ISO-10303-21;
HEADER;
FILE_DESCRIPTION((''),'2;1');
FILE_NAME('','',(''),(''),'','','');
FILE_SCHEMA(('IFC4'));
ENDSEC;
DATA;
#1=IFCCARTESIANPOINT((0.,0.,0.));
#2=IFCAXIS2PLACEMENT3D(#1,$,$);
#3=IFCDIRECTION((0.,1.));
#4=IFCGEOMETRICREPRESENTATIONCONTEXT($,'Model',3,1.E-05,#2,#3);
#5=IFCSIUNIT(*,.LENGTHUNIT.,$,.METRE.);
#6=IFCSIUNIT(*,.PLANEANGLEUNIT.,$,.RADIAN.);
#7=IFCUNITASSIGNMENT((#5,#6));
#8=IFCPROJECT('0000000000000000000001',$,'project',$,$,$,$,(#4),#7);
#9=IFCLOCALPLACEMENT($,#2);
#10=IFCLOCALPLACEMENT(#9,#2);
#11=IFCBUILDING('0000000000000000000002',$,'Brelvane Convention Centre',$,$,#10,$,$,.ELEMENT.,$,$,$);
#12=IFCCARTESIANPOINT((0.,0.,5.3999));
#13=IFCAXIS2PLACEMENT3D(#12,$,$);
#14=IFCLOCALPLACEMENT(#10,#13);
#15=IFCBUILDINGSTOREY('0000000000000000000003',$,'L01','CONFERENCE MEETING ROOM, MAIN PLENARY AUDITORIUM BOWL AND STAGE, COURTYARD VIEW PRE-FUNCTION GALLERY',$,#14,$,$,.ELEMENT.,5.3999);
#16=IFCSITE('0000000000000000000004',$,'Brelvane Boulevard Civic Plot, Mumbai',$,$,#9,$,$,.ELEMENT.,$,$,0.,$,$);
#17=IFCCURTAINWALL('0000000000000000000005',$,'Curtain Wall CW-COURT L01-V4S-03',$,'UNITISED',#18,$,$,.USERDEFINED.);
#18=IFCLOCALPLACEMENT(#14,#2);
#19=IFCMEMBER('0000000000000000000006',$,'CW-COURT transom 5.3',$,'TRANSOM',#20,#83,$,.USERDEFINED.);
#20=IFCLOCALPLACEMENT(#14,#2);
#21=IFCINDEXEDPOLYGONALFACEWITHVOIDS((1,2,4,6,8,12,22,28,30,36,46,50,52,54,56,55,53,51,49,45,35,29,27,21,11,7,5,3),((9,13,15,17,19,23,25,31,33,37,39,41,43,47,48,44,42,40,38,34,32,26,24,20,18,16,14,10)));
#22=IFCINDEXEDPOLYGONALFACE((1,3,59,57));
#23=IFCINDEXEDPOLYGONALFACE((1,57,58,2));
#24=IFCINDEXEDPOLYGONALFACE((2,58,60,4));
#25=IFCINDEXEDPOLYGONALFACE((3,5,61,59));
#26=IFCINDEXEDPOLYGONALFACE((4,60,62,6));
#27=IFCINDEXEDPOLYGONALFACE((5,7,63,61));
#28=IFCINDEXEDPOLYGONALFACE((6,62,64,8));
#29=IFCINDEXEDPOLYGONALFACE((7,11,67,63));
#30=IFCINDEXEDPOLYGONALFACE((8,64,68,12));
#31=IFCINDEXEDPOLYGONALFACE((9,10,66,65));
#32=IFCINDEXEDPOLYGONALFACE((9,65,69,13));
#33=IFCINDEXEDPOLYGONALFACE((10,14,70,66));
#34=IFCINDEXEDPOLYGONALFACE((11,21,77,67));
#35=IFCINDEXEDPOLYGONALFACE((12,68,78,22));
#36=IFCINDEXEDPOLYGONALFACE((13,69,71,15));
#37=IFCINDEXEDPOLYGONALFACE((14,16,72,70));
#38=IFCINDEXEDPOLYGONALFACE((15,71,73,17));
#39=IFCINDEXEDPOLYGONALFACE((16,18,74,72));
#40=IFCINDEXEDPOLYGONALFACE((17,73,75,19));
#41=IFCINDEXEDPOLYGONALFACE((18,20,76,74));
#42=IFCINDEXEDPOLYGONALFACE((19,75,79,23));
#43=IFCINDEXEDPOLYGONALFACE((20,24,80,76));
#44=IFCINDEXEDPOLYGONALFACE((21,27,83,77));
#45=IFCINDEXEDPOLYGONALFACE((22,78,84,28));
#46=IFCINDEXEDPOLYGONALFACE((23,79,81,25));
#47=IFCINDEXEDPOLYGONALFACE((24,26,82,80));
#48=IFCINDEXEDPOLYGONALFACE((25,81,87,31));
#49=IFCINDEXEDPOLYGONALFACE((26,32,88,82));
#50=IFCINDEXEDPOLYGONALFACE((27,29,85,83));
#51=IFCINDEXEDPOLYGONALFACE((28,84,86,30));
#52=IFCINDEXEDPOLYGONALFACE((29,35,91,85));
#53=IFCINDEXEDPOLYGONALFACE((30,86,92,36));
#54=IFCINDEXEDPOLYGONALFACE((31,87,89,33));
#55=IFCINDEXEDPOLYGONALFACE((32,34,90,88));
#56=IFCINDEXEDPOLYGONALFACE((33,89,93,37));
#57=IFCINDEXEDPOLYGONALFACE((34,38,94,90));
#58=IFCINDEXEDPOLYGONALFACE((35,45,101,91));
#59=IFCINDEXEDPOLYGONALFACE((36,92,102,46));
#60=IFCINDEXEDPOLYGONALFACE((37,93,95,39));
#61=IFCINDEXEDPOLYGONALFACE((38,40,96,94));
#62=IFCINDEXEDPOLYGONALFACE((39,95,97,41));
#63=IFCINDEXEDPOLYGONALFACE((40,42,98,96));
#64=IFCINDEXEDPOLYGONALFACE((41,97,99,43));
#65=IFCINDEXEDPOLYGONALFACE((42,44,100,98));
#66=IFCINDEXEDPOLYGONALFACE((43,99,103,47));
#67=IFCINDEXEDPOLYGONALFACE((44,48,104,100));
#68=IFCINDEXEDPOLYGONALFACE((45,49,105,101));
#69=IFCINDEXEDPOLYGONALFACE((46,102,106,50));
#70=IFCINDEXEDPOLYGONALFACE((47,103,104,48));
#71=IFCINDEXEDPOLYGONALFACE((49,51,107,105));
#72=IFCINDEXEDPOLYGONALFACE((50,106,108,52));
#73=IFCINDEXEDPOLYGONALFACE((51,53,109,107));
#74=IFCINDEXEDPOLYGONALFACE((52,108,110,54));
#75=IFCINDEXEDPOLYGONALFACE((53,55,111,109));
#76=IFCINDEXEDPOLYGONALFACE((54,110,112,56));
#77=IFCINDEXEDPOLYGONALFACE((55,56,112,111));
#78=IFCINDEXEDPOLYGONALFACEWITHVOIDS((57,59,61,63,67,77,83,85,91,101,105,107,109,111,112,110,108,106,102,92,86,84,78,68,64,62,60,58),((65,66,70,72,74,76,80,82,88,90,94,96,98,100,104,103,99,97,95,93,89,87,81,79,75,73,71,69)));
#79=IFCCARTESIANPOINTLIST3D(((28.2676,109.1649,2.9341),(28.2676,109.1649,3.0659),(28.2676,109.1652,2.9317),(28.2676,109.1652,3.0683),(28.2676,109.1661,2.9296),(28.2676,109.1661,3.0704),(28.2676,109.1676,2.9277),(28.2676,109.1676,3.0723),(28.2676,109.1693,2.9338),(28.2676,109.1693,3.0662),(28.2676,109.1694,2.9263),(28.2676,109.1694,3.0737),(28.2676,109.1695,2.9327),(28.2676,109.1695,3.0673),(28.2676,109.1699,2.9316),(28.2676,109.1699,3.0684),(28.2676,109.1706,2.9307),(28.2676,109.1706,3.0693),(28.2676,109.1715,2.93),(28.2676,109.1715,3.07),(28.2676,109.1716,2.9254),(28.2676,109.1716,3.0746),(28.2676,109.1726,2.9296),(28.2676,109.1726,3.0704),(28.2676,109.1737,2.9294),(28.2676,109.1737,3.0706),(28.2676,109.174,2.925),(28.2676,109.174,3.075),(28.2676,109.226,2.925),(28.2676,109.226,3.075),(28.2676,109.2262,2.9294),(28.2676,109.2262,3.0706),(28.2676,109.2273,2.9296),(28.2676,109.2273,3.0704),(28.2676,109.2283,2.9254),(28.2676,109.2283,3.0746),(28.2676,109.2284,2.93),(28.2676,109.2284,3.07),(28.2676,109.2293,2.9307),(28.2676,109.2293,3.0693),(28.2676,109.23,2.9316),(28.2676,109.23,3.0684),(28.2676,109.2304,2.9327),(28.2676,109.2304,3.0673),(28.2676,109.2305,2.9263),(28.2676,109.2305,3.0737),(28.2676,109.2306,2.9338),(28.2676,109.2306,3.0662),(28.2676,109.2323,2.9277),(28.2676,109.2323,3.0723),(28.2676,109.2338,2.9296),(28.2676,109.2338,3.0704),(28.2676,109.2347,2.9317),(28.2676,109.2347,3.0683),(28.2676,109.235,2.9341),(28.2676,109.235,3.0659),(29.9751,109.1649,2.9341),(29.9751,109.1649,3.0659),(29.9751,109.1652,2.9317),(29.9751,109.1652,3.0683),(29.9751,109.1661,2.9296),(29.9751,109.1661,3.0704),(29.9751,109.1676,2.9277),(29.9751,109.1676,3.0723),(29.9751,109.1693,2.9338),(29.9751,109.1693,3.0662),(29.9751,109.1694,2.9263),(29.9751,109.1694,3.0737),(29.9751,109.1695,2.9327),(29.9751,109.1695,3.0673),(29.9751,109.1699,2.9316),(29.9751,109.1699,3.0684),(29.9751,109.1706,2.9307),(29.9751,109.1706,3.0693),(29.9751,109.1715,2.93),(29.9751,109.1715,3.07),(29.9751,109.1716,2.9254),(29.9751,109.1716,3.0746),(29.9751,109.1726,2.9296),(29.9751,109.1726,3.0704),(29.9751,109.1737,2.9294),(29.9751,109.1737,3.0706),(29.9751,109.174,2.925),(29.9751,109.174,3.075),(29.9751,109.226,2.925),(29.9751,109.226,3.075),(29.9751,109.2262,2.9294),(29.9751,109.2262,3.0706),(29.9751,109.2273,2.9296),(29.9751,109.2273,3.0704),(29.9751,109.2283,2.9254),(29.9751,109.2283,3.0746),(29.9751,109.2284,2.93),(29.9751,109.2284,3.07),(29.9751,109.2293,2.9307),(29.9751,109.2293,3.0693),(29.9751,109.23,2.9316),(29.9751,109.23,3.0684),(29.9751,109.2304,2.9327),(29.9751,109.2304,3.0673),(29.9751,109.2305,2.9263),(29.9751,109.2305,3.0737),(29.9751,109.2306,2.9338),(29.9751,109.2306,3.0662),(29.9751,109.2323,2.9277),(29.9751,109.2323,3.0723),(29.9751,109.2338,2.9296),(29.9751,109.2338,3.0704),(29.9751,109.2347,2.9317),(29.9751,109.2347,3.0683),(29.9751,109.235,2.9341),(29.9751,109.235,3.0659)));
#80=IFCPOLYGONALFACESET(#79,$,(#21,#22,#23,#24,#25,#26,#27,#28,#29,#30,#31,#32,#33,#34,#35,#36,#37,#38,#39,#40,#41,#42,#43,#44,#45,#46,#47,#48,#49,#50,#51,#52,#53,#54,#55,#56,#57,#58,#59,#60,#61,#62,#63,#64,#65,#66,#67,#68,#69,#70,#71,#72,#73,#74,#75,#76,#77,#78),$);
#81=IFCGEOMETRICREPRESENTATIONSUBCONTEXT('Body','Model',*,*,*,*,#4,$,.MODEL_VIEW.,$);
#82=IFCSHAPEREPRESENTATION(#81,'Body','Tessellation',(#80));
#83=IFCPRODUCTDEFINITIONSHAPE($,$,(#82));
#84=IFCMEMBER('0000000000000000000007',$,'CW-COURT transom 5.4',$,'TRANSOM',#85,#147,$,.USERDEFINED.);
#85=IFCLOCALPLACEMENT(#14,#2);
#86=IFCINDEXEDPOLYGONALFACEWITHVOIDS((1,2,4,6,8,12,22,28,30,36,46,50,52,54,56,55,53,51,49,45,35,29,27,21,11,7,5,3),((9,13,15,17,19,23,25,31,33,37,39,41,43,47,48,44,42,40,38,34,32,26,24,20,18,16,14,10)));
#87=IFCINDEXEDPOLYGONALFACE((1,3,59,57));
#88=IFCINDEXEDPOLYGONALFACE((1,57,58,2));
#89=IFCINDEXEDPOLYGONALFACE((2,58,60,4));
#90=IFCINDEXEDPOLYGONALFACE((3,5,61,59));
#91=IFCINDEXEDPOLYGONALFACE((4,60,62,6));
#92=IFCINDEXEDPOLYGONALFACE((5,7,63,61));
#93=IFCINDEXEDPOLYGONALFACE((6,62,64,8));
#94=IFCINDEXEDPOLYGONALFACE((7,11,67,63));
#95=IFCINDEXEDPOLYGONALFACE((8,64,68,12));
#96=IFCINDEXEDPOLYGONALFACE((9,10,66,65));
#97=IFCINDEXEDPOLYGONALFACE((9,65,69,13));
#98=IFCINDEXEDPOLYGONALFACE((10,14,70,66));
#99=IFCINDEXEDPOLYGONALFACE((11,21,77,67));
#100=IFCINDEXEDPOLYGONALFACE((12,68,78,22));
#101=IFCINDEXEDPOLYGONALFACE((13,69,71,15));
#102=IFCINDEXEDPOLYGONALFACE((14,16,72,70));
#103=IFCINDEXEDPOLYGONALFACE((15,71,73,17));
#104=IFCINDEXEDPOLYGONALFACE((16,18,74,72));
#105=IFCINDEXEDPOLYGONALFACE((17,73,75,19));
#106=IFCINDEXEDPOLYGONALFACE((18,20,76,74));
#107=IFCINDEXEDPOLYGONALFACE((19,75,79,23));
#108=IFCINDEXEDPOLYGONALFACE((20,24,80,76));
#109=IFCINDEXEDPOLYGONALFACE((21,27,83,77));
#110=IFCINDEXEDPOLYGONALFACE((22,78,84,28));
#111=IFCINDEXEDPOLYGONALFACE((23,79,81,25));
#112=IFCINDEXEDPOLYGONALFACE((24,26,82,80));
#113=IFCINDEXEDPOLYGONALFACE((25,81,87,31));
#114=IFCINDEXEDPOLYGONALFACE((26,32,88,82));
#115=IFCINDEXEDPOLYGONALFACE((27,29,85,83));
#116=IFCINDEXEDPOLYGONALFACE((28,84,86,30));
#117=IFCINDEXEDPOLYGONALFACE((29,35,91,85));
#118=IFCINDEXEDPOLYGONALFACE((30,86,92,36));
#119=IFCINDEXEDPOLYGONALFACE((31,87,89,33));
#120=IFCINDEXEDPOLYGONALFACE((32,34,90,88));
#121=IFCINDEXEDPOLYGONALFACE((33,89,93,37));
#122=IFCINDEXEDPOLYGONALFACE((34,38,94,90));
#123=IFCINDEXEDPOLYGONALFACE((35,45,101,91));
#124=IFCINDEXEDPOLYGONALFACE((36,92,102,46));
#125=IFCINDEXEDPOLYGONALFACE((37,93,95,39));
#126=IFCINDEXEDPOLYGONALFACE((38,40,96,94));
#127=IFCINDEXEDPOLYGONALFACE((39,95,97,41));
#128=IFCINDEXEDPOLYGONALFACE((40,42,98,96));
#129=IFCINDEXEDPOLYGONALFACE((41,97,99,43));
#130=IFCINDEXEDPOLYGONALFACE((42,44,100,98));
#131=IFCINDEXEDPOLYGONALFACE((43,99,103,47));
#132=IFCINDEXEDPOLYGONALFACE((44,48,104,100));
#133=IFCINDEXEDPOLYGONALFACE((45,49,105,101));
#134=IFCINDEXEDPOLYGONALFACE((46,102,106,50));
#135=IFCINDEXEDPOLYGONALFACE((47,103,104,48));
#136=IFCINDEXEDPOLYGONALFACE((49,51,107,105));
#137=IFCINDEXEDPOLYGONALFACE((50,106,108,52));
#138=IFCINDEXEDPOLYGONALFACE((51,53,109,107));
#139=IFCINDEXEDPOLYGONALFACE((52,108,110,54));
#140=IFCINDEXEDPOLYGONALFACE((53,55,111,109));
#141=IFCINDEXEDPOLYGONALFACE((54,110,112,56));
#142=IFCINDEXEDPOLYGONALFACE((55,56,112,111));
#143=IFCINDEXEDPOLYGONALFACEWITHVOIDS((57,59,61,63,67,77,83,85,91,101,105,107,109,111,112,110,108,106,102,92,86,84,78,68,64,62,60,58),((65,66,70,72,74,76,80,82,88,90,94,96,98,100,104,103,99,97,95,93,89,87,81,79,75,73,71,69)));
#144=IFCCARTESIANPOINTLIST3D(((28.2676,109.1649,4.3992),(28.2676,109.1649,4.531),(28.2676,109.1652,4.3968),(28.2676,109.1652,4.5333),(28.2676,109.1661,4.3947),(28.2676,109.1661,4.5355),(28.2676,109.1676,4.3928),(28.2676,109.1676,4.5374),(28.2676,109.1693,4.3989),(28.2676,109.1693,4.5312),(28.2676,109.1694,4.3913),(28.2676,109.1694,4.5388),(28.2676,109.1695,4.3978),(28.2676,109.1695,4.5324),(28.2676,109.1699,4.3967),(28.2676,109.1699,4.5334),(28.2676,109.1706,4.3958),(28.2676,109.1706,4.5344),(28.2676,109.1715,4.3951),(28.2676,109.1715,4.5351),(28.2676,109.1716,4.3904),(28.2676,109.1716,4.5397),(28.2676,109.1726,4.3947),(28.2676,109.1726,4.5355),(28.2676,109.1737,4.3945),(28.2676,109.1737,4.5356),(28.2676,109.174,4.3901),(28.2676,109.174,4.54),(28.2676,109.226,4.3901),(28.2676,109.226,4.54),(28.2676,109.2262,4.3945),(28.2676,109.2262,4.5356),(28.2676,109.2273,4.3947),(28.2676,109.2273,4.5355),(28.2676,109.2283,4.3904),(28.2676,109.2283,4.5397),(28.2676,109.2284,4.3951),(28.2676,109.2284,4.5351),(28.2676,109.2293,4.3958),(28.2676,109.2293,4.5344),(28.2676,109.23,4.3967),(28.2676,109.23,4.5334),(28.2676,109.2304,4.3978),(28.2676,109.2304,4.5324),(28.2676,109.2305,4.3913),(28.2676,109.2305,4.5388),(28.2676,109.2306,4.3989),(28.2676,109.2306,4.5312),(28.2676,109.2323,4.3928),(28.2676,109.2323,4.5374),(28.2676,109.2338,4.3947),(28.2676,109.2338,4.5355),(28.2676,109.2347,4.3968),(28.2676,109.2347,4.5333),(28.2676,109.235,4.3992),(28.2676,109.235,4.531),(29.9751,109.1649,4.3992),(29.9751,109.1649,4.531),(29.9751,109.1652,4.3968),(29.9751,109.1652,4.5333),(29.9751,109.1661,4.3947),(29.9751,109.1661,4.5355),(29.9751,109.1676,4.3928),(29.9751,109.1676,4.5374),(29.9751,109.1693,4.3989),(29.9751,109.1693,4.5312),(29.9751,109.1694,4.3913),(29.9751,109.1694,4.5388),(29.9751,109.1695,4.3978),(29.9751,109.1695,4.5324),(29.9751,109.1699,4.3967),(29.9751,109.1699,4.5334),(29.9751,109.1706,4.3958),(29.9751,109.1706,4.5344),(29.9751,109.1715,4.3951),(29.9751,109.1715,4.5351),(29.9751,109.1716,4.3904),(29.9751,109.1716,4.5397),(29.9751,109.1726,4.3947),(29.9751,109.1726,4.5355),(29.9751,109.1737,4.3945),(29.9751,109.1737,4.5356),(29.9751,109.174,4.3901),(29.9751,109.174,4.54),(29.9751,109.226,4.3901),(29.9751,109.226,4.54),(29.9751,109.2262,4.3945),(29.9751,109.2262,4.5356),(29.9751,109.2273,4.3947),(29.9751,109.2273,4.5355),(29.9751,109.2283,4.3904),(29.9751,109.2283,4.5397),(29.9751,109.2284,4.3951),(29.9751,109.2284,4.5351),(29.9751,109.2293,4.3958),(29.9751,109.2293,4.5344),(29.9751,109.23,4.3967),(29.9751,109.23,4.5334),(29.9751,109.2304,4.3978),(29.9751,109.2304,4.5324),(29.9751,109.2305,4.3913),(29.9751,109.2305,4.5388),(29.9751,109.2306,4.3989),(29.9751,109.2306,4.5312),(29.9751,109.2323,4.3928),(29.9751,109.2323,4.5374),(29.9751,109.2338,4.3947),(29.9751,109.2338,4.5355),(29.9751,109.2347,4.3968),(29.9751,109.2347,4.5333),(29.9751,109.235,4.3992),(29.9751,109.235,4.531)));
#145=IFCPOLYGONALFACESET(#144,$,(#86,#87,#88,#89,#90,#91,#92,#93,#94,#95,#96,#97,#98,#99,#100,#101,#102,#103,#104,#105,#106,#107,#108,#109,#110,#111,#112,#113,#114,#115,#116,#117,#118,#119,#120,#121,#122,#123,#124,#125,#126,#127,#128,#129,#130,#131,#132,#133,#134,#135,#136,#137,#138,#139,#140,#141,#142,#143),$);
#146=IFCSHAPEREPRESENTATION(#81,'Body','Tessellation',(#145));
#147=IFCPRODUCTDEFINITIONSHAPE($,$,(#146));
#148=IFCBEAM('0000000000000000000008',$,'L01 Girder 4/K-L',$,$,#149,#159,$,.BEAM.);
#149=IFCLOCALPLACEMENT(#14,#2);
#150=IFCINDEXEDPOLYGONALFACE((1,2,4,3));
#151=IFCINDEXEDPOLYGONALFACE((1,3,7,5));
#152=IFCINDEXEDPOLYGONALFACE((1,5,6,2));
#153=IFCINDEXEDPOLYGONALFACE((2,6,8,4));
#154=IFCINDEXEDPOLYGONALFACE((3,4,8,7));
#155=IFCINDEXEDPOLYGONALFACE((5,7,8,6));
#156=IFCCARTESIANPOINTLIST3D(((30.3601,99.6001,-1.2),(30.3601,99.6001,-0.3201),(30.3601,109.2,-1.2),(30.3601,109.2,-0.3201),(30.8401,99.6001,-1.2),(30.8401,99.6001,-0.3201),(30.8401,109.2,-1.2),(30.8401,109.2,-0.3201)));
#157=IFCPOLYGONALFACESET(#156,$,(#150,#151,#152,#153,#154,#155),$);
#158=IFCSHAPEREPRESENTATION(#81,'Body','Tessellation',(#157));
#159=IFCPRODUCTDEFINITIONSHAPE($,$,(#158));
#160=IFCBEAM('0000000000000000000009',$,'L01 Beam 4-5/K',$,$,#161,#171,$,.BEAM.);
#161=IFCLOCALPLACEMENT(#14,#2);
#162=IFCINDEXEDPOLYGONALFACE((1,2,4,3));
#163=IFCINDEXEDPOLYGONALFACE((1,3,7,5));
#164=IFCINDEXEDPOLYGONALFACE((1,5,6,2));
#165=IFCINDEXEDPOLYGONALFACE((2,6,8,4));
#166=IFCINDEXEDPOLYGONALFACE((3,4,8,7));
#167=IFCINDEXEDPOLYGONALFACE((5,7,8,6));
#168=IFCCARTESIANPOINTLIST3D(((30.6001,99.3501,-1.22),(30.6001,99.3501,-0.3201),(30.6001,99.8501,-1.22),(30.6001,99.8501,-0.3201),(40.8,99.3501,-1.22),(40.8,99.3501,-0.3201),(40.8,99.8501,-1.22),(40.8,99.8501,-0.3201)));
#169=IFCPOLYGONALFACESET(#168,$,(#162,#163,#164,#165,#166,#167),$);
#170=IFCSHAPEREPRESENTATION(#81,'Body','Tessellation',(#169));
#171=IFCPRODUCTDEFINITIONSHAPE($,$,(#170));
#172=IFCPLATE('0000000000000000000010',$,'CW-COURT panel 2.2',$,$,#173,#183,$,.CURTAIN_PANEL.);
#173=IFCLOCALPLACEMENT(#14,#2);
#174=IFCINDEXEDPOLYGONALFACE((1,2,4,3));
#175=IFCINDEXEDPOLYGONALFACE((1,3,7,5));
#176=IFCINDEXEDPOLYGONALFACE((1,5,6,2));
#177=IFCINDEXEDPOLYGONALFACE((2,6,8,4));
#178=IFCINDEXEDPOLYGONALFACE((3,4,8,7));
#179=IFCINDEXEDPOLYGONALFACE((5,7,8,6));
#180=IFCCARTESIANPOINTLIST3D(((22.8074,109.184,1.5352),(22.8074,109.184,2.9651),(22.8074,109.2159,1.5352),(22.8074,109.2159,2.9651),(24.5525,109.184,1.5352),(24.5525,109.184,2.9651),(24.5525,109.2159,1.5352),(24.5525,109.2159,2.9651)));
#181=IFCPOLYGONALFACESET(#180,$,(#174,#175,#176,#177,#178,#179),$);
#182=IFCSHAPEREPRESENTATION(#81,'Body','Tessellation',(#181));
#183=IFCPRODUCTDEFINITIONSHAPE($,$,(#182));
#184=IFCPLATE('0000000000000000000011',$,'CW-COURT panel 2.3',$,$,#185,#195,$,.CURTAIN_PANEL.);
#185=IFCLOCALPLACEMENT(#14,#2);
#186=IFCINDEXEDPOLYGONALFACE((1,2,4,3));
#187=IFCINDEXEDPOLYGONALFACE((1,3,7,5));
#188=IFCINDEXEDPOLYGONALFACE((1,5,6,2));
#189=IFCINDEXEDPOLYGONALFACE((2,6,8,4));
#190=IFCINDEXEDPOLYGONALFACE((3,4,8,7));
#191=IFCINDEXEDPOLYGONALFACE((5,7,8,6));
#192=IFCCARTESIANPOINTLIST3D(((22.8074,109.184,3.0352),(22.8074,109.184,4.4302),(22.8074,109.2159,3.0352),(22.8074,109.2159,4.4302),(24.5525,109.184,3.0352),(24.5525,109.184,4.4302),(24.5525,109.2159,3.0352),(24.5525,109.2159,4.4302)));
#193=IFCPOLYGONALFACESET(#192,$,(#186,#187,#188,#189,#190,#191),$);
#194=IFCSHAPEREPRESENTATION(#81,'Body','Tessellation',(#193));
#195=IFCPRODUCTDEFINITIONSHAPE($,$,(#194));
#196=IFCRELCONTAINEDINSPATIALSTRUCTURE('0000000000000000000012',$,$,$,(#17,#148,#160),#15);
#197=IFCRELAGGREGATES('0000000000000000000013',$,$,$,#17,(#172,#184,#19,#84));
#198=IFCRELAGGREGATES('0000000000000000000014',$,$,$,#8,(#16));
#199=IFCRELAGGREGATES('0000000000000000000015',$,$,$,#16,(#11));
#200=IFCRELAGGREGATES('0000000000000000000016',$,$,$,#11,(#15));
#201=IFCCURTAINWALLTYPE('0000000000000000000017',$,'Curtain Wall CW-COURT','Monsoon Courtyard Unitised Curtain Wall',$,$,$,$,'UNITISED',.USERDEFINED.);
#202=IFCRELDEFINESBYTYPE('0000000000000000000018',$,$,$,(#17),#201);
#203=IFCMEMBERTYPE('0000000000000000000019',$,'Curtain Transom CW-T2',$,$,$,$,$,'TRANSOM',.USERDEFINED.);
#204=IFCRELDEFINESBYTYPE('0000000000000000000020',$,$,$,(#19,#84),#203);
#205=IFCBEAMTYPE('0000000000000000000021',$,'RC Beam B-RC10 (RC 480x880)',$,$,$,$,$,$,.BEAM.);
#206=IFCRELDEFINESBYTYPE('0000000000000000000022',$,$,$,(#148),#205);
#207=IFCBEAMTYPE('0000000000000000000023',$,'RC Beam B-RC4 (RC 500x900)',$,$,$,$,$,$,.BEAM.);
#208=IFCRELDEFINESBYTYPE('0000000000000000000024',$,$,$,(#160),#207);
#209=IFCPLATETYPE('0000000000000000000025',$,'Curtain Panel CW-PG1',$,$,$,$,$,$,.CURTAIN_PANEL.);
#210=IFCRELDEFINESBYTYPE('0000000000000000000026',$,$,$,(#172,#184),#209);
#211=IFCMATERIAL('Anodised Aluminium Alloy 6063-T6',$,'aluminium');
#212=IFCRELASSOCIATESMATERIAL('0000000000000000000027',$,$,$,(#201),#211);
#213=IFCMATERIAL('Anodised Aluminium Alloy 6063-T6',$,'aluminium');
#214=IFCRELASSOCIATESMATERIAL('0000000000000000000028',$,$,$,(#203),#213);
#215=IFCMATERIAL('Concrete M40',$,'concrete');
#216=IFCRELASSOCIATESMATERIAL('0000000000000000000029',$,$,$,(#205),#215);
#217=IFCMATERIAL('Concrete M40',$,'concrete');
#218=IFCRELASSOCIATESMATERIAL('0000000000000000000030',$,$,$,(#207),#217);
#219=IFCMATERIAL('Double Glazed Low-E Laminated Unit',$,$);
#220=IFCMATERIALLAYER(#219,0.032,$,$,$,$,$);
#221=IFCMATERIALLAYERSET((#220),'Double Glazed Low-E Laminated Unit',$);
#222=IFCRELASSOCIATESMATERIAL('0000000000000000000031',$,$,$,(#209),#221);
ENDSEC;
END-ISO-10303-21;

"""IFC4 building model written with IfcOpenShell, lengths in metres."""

from ifc_helpers import new_model, si_unit, direction, frame, origin, origin_2d, place, context, subcontext, project, spatial, rectangle, hollow_rectangle, extrude, material, layer, layer_set, material_profile, profile_set, type_object, element, aggregate, save


model = new_model("IFC4")

# Units and contexts
model_context = context("Model", 3, precision=1e-05, world=origin(), true_north=direction((0.0, 1.0)))
body_context = subcontext(model_context, "Body", "Model", "MODEL_VIEW")
ifc_project = project(units=[si_unit("LENGTHUNIT", "METRE"), si_unit("PLANEANGLEUNIT", "RADIAN")], contexts=[model_context])

# Site, building, storey
site_placement = place(None, origin())
site = spatial("IfcSite", under=ifc_project, at=site_placement, Name="Brelvane Boulevard Civic Plot, Mumbai", CompositionType="ELEMENT", RefElevation=0.0)
building_placement = place(site_placement, origin())
building = spatial("IfcBuilding", under=site, at=building_placement, Name="Brelvane Convention Centre", CompositionType="ELEMENT")
storey_placement = place(building_placement, frame((0.0, 0.0, 5.3999)))
storey = spatial("IfcBuildingStorey", under=building, at=storey_placement, Name="L01", Description="CONFERENCE MEETING ROOM, MAIN PLENARY AUDITORIUM BOWL AND STAGE, COURTYARD VIEW PRE-FUNCTION GALLERY", CompositionType="ELEMENT", Elevation=5.3999)

# Curtain wall, members
ifc_material_1 = material(Name="Anodised Aluminium Alloy 6063-T6", Category="aluminium")
curtain_wall_type = type_object("IfcCurtainWallType", Name="Curtain Wall CW-COURT", Description="Monsoon Courtyard Unitised Curtain Wall", ElementType="UNITISED", PredefinedType="USERDEFINED", material=ifc_material_1)
curtain_wall_placement = place(storey_placement, origin())
curtain_wall = element("IfcCurtainWall", 1, at=curtain_wall_placement, inside=storey, type_object=curtain_wall_type, Name="Curtain Wall CW-COURT L01-V4S-03", ObjectType="UNITISED", PredefinedType="USERDEFINED")
ifc_material_2 = material(Name="Anodised Aluminium Alloy 6063-T6", Category="aluminium")
ifc_material_profile_1 = material_profile(ifc_material_2, hollow_rectangle(XDim=0.0701, YDim=0.1499, WallThickness=0.0044, InnerFilletRadius=0.0044, OuterFilletRadius=0.009, at=origin_2d()), Name="ALU-T 150x70x4.5")
ifc_profile_set_1 = profile_set([ifc_material_profile_1], Name="Anodised Aluminium Alloy 6063-T6")
member_type_1 = type_object("IfcMemberType", Name="Curtain Transom CW-T2", ElementType="TRANSOM", PredefinedType="USERDEFINED", material=ifc_profile_set_1)
member_1_placement = place(storey_placement, frame((28.2676, 109.2, 3.0), z_axis=(1.0, 0.0, 0.0), x_axis=(0.0, 1.0, 0.0)))
member_1 = element("IfcMember", 2, at=member_1_placement, type_object=member_type_1, Name="CW-COURT transom 5.3", ObjectType="TRANSOM", PredefinedType="USERDEFINED", context=body_context, shape_type="SweptSolid", body=[
    extrude(hollow_rectangle(XDim=0.0701, YDim=0.1499, WallThickness=0.0044, InnerFilletRadius=0.0044, OuterFilletRadius=0.009, at=origin_2d()), origin(), (0.0, 0.0, 1.0), 1.7075),
])
member_2_placement = place(storey_placement, frame((28.2676, 109.2, 4.4651), z_axis=(1.0, 0.0, 0.0), x_axis=(0.0, 1.0, 0.0)))
member_2 = element("IfcMember", 3, at=member_2_placement, type_object=member_type_1, Name="CW-COURT transom 5.4", ObjectType="TRANSOM", PredefinedType="USERDEFINED", context=body_context, shape_type="SweptSolid", body=[
    extrude(hollow_rectangle(XDim=0.0701, YDim=0.1499, WallThickness=0.0044, InnerFilletRadius=0.0044, OuterFilletRadius=0.009, at=origin_2d()), origin(), (0.0, 0.0, 1.0), 1.7075),
])

# Beams
ifc_material_3 = material(Name="Concrete M40", Category="concrete")
ifc_material_profile_2 = material_profile(ifc_material_3, rectangle(XDim=0.48, YDim=0.8799, at=origin_2d()), Name="RC 480x880")
ifc_profile_set_2 = profile_set([ifc_material_profile_2], Name="Concrete M40")
beam_type_1 = type_object("IfcBeamType", Name="RC Beam B-RC10 (RC 480x880)", PredefinedType="BEAM", material=ifc_profile_set_2)
beam_1_placement = place(storey_placement, frame((30.6001, 99.6001, -0.76), z_axis=(0.0, 1.0, 0.0), x_axis=(-1.0, 0.0, 0.0)))
element("IfcBeam", 4, at=beam_1_placement, inside=storey, type_object=beam_type_1, Name="L01 Girder 4/K-L", PredefinedType="BEAM", context=body_context, shape_type="SweptSolid", body=[
    extrude(rectangle(XDim=0.48, YDim=0.8799, at=origin_2d()), origin(), (0.0, 0.0, 1.0), 9.5999),
])
ifc_material_4 = material(Name="Concrete M40", Category="concrete")
ifc_material_profile_3 = material_profile(ifc_material_4, rectangle(XDim=0.5, YDim=0.8999, at=origin_2d()), Name="RC 500x900")
ifc_profile_set_3 = profile_set([ifc_material_profile_3], Name="Concrete M40")
beam_type_2 = type_object("IfcBeamType", Name="RC Beam B-RC4 (RC 500x900)", PredefinedType="BEAM", material=ifc_profile_set_3)
beam_2_placement = place(storey_placement, frame((30.6001, 99.6001, -0.77), z_axis=(1.0, 0.0, 0.0), x_axis=(0.0, 1.0, 0.0)))
element("IfcBeam", 5, at=beam_2_placement, inside=storey, type_object=beam_type_2, Name="L01 Beam 4-5/K", PredefinedType="BEAM", context=body_context, shape_type="SweptSolid", body=[
    extrude(rectangle(XDim=0.5, YDim=0.8999, at=origin_2d()), origin(), (0.0, 0.0, 1.0), 10.2),
])

# Plates
ifc_material_5 = material(Name="Double Glazed Low-E Laminated Unit")
ifc_layer = layer(ifc_material_5, 0.032)
ifc_layer_set = layer_set([ifc_layer], Name="Double Glazed Low-E Laminated Unit")
plate_type = type_object("IfcPlateType", Name="Curtain Panel CW-PG1", PredefinedType="CURTAIN_PANEL", material=ifc_layer_set)
plate_1_placement = place(storey_placement, frame((23.6799, 109.2, 1.5352), z_axis=(0.0, 0.0, 1.0), x_axis=(1.0, 0.0, 0.0)))
plate_1 = element("IfcPlate", 6, at=plate_1_placement, type_object=plate_type, Name="CW-COURT panel 2.2", PredefinedType="CURTAIN_PANEL", context=body_context, shape_type="SweptSolid", body=[
    extrude(rectangle(XDim=1.7451, YDim=0.032, at=origin_2d()), origin(), (0.0, 0.0, 1.0), 1.4299),
])
plate_2_placement = place(storey_placement, frame((23.6799, 109.2, 3.0352), z_axis=(0.0, 0.0, 1.0), x_axis=(1.0, 0.0, 0.0)))
plate_2 = element("IfcPlate", 7, at=plate_2_placement, type_object=plate_type, Name="CW-COURT panel 2.3", PredefinedType="CURTAIN_PANEL", context=body_context, shape_type="SweptSolid", body=[
    extrude(rectangle(XDim=1.7451, YDim=0.032, at=origin_2d()), origin(), (0.0, 0.0, 1.0), 1.395),
])
aggregate(curtain_wall, [plate_1, plate_2, member_1, member_2])

save(model, "model.ifc")
